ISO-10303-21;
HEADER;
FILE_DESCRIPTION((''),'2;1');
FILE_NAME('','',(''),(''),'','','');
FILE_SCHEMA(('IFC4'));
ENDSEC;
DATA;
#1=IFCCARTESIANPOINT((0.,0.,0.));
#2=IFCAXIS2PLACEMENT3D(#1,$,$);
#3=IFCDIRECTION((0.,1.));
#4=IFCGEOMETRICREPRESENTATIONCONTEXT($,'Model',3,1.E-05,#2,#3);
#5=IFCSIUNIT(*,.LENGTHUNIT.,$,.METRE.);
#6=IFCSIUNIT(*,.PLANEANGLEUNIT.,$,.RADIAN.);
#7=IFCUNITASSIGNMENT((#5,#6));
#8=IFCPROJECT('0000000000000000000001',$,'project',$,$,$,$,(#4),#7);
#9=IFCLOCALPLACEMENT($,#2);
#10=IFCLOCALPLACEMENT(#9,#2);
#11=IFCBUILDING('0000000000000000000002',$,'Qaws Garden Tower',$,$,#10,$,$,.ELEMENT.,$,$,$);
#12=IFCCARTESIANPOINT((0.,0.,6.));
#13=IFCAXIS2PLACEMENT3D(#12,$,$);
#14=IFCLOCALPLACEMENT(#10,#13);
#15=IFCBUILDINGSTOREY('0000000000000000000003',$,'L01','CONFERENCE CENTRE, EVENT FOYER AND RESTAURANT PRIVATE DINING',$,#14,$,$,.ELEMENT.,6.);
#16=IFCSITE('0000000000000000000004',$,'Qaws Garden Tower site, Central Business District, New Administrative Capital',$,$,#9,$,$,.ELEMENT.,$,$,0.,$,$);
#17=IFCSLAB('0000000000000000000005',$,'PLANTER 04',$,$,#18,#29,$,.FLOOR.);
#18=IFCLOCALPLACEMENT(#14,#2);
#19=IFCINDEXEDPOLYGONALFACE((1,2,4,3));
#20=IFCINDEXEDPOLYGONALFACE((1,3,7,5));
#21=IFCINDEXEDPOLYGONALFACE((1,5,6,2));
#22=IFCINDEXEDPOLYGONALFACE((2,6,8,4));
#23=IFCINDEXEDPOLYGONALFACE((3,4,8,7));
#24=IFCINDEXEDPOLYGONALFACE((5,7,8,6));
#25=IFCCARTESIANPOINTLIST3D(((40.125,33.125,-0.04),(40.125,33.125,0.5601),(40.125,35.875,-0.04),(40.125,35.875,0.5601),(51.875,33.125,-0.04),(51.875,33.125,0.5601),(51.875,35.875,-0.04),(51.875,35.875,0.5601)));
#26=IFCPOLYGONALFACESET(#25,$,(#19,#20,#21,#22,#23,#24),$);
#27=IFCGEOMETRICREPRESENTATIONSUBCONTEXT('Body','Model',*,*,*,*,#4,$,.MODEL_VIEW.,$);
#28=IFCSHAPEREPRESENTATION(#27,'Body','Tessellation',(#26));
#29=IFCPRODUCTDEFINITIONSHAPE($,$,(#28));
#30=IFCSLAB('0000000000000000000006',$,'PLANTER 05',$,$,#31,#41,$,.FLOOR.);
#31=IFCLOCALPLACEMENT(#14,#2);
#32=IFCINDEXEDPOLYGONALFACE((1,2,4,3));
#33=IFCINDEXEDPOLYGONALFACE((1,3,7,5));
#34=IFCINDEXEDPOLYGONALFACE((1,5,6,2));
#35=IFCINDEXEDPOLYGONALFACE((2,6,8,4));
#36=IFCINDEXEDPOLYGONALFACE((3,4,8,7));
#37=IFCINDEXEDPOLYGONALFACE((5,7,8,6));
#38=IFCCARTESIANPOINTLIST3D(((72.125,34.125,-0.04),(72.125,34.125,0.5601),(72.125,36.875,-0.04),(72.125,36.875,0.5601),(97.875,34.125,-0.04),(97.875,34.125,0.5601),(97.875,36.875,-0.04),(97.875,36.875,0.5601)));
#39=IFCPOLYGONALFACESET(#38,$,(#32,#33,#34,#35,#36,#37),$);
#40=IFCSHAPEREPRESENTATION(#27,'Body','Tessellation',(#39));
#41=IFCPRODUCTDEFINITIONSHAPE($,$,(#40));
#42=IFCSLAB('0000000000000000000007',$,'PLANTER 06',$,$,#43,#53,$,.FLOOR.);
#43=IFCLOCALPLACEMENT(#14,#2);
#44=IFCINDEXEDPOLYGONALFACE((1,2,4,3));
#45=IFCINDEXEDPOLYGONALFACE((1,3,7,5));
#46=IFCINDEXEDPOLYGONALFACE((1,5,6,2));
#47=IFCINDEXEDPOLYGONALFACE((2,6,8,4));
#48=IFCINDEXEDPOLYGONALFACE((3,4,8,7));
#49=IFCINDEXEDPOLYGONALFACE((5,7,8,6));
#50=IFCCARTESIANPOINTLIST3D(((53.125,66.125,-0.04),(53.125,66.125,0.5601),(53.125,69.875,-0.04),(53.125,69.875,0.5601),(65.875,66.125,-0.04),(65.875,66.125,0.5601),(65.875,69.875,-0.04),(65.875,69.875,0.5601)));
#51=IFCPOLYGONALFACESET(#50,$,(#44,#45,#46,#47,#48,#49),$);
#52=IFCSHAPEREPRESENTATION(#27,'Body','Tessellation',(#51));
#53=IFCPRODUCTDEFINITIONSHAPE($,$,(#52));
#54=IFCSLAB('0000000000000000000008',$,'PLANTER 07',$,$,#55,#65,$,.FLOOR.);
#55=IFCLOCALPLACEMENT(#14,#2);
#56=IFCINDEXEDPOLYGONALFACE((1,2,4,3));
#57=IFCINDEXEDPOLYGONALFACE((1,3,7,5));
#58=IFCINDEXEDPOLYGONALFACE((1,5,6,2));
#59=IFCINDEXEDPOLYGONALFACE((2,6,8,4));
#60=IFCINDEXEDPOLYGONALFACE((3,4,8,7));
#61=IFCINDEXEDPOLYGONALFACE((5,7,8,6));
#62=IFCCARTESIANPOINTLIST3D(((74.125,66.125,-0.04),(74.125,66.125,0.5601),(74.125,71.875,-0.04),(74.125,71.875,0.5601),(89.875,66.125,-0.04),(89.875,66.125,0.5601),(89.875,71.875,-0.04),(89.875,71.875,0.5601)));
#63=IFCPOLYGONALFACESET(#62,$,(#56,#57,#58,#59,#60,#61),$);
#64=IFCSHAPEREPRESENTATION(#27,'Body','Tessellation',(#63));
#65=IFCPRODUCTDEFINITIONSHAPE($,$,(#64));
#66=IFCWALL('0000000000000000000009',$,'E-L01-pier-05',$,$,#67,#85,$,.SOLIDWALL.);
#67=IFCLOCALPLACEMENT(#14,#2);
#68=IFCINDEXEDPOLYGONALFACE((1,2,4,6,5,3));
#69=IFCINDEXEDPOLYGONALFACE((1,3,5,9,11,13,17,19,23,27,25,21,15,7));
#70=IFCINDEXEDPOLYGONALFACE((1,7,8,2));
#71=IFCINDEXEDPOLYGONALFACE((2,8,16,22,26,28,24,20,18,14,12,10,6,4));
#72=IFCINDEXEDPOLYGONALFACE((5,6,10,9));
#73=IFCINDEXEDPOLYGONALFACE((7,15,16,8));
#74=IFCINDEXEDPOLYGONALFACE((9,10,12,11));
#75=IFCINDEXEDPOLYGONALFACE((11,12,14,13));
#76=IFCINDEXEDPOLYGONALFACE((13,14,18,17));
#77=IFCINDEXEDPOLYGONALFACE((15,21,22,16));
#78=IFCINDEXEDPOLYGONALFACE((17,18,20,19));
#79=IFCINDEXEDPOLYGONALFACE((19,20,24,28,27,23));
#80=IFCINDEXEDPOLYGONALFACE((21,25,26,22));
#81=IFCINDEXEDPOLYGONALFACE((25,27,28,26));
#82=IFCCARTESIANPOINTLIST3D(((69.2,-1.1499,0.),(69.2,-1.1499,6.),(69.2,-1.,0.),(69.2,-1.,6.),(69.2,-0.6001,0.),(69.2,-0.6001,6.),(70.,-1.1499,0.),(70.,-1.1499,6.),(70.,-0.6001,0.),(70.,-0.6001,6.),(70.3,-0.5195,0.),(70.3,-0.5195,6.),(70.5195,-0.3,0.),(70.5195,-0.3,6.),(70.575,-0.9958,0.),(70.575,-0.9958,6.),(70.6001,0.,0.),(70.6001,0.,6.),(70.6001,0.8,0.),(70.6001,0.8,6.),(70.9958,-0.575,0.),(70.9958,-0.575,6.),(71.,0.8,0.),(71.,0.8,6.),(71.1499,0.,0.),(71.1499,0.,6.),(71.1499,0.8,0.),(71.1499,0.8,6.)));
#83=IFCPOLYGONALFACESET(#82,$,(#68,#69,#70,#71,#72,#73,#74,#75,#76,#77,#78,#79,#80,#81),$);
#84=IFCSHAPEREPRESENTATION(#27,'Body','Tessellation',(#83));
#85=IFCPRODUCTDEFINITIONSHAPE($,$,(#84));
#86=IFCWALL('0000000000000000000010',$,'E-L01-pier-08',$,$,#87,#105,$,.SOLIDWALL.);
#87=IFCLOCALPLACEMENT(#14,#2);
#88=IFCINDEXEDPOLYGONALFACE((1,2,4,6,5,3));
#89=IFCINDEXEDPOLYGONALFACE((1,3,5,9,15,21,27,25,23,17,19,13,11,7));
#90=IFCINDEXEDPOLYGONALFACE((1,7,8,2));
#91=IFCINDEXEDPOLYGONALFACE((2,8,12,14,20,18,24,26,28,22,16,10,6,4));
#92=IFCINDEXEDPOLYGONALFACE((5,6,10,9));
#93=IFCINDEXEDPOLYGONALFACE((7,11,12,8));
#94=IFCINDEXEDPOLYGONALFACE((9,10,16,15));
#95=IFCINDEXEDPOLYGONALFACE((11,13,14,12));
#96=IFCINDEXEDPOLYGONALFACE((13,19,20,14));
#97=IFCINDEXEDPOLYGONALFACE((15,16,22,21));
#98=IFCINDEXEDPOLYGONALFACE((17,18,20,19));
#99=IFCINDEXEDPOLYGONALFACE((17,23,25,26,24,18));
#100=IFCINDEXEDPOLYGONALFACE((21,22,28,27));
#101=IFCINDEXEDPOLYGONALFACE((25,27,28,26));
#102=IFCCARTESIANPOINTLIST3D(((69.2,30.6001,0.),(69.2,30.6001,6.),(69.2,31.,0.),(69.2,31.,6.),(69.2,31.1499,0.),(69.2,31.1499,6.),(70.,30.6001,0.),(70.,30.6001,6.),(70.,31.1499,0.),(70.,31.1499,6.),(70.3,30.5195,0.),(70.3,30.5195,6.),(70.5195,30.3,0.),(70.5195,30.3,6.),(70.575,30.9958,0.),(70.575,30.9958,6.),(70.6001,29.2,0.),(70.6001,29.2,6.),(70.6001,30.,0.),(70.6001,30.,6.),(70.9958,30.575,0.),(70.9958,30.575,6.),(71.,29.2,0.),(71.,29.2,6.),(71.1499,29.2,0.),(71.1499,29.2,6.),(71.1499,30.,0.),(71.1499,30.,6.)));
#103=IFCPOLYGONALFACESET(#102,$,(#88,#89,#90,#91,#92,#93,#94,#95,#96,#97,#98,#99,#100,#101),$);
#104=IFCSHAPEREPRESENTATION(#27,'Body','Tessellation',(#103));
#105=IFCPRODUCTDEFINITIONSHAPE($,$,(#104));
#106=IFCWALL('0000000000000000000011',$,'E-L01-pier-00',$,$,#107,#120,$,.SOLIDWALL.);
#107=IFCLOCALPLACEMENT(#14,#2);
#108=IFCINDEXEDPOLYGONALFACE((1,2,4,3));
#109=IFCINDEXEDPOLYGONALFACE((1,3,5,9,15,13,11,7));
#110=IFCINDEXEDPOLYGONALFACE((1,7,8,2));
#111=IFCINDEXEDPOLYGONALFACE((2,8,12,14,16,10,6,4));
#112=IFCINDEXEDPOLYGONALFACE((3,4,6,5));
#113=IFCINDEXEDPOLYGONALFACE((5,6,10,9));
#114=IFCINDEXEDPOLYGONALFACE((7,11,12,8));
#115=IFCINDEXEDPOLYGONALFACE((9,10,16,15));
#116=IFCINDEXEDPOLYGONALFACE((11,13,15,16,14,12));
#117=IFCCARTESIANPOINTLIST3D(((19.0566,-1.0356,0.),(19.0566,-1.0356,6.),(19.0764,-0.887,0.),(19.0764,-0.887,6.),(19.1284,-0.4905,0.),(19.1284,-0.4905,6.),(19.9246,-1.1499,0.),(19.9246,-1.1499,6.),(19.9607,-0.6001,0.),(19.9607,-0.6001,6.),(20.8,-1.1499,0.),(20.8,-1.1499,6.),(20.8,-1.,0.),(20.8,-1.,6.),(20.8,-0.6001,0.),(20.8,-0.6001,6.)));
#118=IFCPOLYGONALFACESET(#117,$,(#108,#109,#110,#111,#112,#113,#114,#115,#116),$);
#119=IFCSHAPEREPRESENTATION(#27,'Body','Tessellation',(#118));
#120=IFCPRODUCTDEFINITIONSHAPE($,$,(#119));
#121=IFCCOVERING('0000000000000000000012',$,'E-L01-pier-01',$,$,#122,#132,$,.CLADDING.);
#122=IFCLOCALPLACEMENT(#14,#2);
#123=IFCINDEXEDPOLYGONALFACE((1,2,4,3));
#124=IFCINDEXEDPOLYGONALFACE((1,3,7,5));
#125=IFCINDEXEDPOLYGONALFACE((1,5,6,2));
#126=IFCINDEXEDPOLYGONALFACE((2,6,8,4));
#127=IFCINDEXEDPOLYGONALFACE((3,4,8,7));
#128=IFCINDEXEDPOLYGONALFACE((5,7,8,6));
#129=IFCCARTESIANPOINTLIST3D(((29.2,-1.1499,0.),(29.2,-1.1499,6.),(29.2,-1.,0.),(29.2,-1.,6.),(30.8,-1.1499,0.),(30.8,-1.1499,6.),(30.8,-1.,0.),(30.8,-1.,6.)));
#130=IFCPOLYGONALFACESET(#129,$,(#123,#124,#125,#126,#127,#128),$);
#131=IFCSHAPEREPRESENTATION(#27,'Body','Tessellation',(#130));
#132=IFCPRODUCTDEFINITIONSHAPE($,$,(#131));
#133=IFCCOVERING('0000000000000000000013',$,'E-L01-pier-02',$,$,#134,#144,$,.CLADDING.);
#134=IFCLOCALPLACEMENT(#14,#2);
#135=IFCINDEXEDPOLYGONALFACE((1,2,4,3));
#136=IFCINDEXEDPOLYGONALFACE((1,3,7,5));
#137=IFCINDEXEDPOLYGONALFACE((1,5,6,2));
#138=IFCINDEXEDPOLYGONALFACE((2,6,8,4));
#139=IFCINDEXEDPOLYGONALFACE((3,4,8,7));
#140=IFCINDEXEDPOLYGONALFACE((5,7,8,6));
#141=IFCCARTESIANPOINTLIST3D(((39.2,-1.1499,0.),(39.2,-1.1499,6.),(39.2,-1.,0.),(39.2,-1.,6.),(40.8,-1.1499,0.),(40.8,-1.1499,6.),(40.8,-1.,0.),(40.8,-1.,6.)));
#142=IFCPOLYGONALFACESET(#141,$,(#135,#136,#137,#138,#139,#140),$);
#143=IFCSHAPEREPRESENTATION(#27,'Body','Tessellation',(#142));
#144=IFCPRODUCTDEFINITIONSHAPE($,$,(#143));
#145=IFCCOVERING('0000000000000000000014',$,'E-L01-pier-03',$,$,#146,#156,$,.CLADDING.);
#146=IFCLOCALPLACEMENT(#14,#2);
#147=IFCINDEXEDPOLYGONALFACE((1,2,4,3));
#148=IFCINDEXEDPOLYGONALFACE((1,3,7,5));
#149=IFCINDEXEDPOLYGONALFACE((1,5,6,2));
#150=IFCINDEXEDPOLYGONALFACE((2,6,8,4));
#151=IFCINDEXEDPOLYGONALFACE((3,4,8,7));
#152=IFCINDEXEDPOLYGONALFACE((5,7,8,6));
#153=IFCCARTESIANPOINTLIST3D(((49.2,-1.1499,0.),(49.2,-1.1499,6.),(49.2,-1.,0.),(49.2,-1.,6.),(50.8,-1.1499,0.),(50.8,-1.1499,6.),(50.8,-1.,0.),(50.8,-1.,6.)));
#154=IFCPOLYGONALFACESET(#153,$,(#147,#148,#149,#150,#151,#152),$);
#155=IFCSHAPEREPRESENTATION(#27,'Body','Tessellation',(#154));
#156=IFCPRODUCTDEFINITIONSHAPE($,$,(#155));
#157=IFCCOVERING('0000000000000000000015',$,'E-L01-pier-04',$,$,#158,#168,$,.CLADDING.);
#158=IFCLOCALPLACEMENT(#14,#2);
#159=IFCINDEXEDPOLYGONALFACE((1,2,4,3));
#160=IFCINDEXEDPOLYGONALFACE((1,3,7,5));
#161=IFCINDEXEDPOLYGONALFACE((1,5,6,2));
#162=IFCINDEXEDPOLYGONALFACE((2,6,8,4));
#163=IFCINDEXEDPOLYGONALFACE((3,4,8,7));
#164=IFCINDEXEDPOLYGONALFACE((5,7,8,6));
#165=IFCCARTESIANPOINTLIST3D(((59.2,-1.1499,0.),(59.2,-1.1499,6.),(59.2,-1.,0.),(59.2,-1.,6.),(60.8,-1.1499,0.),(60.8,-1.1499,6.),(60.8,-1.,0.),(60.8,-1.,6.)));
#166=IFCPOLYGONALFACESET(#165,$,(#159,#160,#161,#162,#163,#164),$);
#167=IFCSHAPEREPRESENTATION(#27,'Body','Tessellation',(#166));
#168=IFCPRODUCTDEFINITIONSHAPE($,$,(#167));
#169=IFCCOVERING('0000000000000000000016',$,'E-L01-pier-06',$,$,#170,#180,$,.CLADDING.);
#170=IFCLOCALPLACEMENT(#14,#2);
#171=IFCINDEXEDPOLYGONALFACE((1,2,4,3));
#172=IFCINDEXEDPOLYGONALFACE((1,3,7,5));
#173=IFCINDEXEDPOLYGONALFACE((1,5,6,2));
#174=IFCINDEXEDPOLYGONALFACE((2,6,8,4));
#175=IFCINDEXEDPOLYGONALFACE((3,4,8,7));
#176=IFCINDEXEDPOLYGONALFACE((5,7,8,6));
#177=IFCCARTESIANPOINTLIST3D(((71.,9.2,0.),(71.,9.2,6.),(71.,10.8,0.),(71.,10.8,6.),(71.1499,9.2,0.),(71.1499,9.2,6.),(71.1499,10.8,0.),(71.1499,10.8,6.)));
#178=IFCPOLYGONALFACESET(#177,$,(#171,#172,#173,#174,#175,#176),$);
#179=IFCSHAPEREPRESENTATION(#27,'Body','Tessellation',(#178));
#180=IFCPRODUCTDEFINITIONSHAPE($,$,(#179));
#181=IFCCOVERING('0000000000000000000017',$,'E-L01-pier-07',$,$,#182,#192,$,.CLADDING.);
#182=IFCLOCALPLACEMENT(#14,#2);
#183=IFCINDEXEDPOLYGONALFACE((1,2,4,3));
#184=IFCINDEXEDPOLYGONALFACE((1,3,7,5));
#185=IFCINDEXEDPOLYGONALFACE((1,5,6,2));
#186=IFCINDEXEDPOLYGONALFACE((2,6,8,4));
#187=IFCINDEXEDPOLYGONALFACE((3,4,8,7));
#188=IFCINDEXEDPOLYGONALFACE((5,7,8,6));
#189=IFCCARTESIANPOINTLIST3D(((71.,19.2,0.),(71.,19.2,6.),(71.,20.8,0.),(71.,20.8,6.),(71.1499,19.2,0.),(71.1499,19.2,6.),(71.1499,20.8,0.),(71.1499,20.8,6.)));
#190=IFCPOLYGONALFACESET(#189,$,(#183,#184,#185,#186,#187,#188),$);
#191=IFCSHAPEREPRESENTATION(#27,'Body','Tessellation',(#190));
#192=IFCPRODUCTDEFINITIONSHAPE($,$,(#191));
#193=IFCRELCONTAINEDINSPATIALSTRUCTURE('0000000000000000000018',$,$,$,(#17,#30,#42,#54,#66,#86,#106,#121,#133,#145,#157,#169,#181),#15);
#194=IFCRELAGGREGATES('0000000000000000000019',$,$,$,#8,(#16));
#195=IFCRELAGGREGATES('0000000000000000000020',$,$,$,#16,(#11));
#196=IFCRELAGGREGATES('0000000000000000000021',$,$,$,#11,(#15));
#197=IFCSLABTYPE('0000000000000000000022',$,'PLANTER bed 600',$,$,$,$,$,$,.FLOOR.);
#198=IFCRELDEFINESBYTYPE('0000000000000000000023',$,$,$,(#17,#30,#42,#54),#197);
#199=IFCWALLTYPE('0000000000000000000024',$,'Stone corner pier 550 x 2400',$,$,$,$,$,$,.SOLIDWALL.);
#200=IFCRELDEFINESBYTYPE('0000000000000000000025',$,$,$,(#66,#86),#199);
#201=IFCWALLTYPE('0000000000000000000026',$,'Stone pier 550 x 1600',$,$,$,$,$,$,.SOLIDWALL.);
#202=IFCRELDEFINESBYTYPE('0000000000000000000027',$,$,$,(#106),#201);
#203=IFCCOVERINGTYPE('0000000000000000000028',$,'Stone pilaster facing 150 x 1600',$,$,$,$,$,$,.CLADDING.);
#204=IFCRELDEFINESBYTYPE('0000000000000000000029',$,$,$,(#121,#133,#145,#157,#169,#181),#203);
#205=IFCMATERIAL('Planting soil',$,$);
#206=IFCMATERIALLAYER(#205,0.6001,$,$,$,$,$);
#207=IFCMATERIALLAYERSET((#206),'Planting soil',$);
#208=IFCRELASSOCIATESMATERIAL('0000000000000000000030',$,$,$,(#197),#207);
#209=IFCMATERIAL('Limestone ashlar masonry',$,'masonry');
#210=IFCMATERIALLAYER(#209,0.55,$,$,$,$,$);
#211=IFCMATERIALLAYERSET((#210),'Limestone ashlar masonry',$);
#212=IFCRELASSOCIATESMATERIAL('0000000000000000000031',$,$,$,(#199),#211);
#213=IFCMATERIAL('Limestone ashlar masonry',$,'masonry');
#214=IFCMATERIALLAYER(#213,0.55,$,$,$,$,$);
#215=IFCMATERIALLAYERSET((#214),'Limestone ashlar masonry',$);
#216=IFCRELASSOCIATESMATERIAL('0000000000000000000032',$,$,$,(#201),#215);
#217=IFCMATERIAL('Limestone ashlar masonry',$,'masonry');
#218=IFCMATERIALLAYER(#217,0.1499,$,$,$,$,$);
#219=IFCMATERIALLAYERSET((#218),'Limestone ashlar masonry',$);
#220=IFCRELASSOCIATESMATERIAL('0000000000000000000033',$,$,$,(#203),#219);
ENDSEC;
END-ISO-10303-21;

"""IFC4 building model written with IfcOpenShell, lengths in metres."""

from ifc_helpers import new_model, si_unit, direction, frame, origin, place, context, subcontext, project, spatial, polyline, outline, extrude, material, layer, layer_set, type_object, element, save


model = new_model("IFC4")

# Units and contexts
model_context = context("Model", 3, precision=1e-05, world=origin(), true_north=direction((0.0, 1.0)))
body_context = subcontext(model_context, "Body", "Model", "MODEL_VIEW")
ifc_project = project(units=[si_unit("LENGTHUNIT", "METRE"), si_unit("PLANEANGLEUNIT", "RADIAN")], contexts=[model_context])

# Site, building, storey
site_placement = place(None, origin())
site = spatial("IfcSite", under=ifc_project, at=site_placement, Name="Qaws Garden Tower site, Central Business District, New Administrative Capital", CompositionType="ELEMENT", RefElevation=0.0)
building_placement = place(site_placement, origin())
building = spatial("IfcBuilding", under=site, at=building_placement, Name="Qaws Garden Tower", CompositionType="ELEMENT")
storey_placement = place(building_placement, frame((0.0, 0.0, 6.0)))
storey = spatial("IfcBuildingStorey", under=building, at=storey_placement, Name="L01", Description="CONFERENCE CENTRE, EVENT FOYER AND RESTAURANT PRIVATE DINING", CompositionType="ELEMENT", Elevation=6.0)

# Slabs
placement_1 = place(storey_placement, frame((0.0, 0.0, -0.04)))
ifc_material_1 = material(Name="Planting soil")
ifc_layer_1 = layer(ifc_material_1, 0.6001)
ifc_layer_set_1 = layer_set([ifc_layer_1], Name="Planting soil")
slab_type_1 = type_object("IfcSlabType", Name="PLANTER bed 600", PredefinedType="FLOOR", material=ifc_layer_set_1)
element("IfcSlab", 1, at=placement_1, inside=storey, type_object=slab_type_1, Name="PLANTER 04", PredefinedType="FLOOR", context=body_context, shape_type="SweptSolid", body=[
    extrude(outline(polyline([(40.125, 33.125), (51.875, 33.125), (51.875, 35.875), (40.125, 35.875), (40.125, 33.125)])), origin(), (0.0, 0.0, 1.0), 0.6001),
])
element("IfcSlab", 2, at=placement_1, inside=storey, type_object=slab_type_1, Name="PLANTER 05", PredefinedType="FLOOR", context=body_context, shape_type="SweptSolid", body=[
    extrude(outline(polyline([(72.125, 34.125), (97.875, 34.125), (97.875, 36.875), (72.125, 36.875), (72.125, 34.125)])), origin(), (0.0, 0.0, 1.0), 0.6001),
])
element("IfcSlab", 3, at=placement_1, inside=storey, type_object=slab_type_1, Name="PLANTER 06", PredefinedType="FLOOR", context=body_context, shape_type="SweptSolid", body=[
    extrude(outline(polyline([(53.125, 66.125), (65.875, 66.125), (65.875, 69.875), (53.125, 69.875), (53.125, 66.125)])), origin(), (0.0, 0.0, 1.0), 0.6001),
])
element("IfcSlab", 4, at=placement_1, inside=storey, type_object=slab_type_1, Name="PLANTER 07", PredefinedType="FLOOR", context=body_context, shape_type="SweptSolid", body=[
    extrude(outline(polyline([(74.125, 66.125), (89.875, 66.125), (89.875, 71.875), (74.125, 71.875), (74.125, 66.125)])), origin(), (0.0, 0.0, 1.0), 0.6001),
])

# Walls
ifc_material_2 = material(Name="Limestone ashlar masonry", Category="masonry")
ifc_layer_2 = layer(ifc_material_2, 0.55)
ifc_layer_set_2 = layer_set([ifc_layer_2], Name="Limestone ashlar masonry")
wall_type_1 = type_object("IfcWallType", Name="Stone corner pier 550 x 2400", PredefinedType="SOLIDWALL", material=ifc_layer_set_2)
placement_2 = place(storey_placement, origin())
element("IfcWall", 5, at=placement_2, inside=storey, type_object=wall_type_1, Name="E-L01-pier-05", PredefinedType="SOLIDWALL", context=body_context, shape_type="SweptSolid", body=[
    extrude(outline(polyline([(69.2, -1.0), (69.2, -1.1499), (70.0, -1.1499), (70.575, -0.9958), (70.9958, -0.575), (71.1499, 0.0), (71.1499, 0.8), (71.0, 0.8), (70.6001, 0.8), (70.6001, 0.0), (70.5195, -0.3), (70.3, -0.5195), (70.0, -0.6001), (69.2, -0.6001), (69.2, -1.0)])), origin(), (0.0, 0.0, 1.0), 6.0),
])
element("IfcWall", 6, at=placement_2, inside=storey, type_object=wall_type_1, Name="E-L01-pier-08", PredefinedType="SOLIDWALL", context=body_context, shape_type="SweptSolid", body=[
    extrude(outline(polyline([(71.0, 29.2), (71.1499, 29.2), (71.1499, 30.0), (70.9958, 30.575), (70.575, 30.9958), (70.0, 31.1499), (69.2, 31.1499), (69.2, 31.0), (69.2, 30.6001), (70.0, 30.6001), (70.3, 30.5195), (70.5195, 30.3), (70.6001, 30.0), (70.6001, 29.2), (71.0, 29.2)])), origin(), (0.0, 0.0, 1.0), 6.0),
])
ifc_material_3 = material(Name="Limestone ashlar masonry", Category="masonry")
ifc_layer_3 = layer(ifc_material_3, 0.55)
ifc_layer_set_3 = layer_set([ifc_layer_3], Name="Limestone ashlar masonry")
wall_type_2 = type_object("IfcWallType", Name="Stone pier 550 x 1600", PredefinedType="SOLIDWALL", material=ifc_layer_set_3)
element("IfcWall", 7, at=placement_2, inside=storey, type_object=wall_type_2, Name="E-L01-pier-00", PredefinedType="SOLIDWALL", context=body_context, shape_type="SweptSolid", body=[
    extrude(outline(polyline([(19.0764, -0.887), (19.0566, -1.0356), (19.9246, -1.1499), (20.8, -1.1499), (20.8, -1.0), (20.8, -0.6001), (19.9607, -0.6001), (19.1284, -0.4905), (19.0764, -0.887)])), origin(), (0.0, 0.0, 1.0), 6.0),
])

# Coverings
ifc_material_4 = material(Name="Limestone ashlar masonry", Category="masonry")
ifc_layer_4 = layer(ifc_material_4, 0.1499)
ifc_layer_set_4 = layer_set([ifc_layer_4], Name="Limestone ashlar masonry")
covering_type = type_object("IfcCoveringType", Name="Stone pilaster facing 150 x 1600", PredefinedType="CLADDING", material=ifc_layer_set_4)
element("IfcCovering", 8, at=placement_2, inside=storey, type_object=covering_type, Name="E-L01-pier-01", PredefinedType="CLADDING", context=body_context, shape_type="SweptSolid", body=[
    extrude(outline(polyline([(29.2, -1.0), (30.8, -1.0), (30.8, -1.1499), (29.2, -1.1499), (29.2, -1.0)])), origin(), (0.0, 0.0, 1.0), 6.0),
])
element("IfcCovering", 9, at=placement_2, inside=storey, type_object=covering_type, Name="E-L01-pier-02", PredefinedType="CLADDING", context=body_context, shape_type="SweptSolid", body=[
    extrude(outline(polyline([(39.2, -1.0), (40.8, -1.0), (40.8, -1.1499), (39.2, -1.1499), (39.2, -1.0)])), origin(), (0.0, 0.0, 1.0), 6.0),
])
element("IfcCovering", 10, at=placement_2, inside=storey, type_object=covering_type, Name="E-L01-pier-03", PredefinedType="CLADDING", context=body_context, shape_type="SweptSolid", body=[
    extrude(outline(polyline([(49.2, -1.0), (50.8, -1.0), (50.8, -1.1499), (49.2, -1.1499), (49.2, -1.0)])), origin(), (0.0, 0.0, 1.0), 6.0),
])
element("IfcCovering", 11, at=placement_2, inside=storey, type_object=covering_type, Name="E-L01-pier-04", PredefinedType="CLADDING", context=body_context, shape_type="SweptSolid", body=[
    extrude(outline(polyline([(59.2, -1.0), (60.8, -1.0), (60.8, -1.1499), (59.2, -1.1499), (59.2, -1.0)])), origin(), (0.0, 0.0, 1.0), 6.0),
])
element("IfcCovering", 12, at=placement_2, inside=storey, type_object=covering_type, Name="E-L01-pier-06", PredefinedType="CLADDING", context=body_context, shape_type="SweptSolid", body=[
    extrude(outline(polyline([(71.0, 9.2), (71.0, 10.8), (71.1499, 10.8), (71.1499, 9.2), (71.0, 9.2)])), origin(), (0.0, 0.0, 1.0), 6.0),
])
element("IfcCovering", 13, at=placement_2, inside=storey, type_object=covering_type, Name="E-L01-pier-07", PredefinedType="CLADDING", context=body_context, shape_type="SweptSolid", body=[
    extrude(outline(polyline([(71.0, 19.2), (71.0, 20.8), (71.1499, 20.8), (71.1499, 19.2), (71.0, 19.2)])), origin(), (0.0, 0.0, 1.0), 6.0),
])

save(model, "model.ifc")
